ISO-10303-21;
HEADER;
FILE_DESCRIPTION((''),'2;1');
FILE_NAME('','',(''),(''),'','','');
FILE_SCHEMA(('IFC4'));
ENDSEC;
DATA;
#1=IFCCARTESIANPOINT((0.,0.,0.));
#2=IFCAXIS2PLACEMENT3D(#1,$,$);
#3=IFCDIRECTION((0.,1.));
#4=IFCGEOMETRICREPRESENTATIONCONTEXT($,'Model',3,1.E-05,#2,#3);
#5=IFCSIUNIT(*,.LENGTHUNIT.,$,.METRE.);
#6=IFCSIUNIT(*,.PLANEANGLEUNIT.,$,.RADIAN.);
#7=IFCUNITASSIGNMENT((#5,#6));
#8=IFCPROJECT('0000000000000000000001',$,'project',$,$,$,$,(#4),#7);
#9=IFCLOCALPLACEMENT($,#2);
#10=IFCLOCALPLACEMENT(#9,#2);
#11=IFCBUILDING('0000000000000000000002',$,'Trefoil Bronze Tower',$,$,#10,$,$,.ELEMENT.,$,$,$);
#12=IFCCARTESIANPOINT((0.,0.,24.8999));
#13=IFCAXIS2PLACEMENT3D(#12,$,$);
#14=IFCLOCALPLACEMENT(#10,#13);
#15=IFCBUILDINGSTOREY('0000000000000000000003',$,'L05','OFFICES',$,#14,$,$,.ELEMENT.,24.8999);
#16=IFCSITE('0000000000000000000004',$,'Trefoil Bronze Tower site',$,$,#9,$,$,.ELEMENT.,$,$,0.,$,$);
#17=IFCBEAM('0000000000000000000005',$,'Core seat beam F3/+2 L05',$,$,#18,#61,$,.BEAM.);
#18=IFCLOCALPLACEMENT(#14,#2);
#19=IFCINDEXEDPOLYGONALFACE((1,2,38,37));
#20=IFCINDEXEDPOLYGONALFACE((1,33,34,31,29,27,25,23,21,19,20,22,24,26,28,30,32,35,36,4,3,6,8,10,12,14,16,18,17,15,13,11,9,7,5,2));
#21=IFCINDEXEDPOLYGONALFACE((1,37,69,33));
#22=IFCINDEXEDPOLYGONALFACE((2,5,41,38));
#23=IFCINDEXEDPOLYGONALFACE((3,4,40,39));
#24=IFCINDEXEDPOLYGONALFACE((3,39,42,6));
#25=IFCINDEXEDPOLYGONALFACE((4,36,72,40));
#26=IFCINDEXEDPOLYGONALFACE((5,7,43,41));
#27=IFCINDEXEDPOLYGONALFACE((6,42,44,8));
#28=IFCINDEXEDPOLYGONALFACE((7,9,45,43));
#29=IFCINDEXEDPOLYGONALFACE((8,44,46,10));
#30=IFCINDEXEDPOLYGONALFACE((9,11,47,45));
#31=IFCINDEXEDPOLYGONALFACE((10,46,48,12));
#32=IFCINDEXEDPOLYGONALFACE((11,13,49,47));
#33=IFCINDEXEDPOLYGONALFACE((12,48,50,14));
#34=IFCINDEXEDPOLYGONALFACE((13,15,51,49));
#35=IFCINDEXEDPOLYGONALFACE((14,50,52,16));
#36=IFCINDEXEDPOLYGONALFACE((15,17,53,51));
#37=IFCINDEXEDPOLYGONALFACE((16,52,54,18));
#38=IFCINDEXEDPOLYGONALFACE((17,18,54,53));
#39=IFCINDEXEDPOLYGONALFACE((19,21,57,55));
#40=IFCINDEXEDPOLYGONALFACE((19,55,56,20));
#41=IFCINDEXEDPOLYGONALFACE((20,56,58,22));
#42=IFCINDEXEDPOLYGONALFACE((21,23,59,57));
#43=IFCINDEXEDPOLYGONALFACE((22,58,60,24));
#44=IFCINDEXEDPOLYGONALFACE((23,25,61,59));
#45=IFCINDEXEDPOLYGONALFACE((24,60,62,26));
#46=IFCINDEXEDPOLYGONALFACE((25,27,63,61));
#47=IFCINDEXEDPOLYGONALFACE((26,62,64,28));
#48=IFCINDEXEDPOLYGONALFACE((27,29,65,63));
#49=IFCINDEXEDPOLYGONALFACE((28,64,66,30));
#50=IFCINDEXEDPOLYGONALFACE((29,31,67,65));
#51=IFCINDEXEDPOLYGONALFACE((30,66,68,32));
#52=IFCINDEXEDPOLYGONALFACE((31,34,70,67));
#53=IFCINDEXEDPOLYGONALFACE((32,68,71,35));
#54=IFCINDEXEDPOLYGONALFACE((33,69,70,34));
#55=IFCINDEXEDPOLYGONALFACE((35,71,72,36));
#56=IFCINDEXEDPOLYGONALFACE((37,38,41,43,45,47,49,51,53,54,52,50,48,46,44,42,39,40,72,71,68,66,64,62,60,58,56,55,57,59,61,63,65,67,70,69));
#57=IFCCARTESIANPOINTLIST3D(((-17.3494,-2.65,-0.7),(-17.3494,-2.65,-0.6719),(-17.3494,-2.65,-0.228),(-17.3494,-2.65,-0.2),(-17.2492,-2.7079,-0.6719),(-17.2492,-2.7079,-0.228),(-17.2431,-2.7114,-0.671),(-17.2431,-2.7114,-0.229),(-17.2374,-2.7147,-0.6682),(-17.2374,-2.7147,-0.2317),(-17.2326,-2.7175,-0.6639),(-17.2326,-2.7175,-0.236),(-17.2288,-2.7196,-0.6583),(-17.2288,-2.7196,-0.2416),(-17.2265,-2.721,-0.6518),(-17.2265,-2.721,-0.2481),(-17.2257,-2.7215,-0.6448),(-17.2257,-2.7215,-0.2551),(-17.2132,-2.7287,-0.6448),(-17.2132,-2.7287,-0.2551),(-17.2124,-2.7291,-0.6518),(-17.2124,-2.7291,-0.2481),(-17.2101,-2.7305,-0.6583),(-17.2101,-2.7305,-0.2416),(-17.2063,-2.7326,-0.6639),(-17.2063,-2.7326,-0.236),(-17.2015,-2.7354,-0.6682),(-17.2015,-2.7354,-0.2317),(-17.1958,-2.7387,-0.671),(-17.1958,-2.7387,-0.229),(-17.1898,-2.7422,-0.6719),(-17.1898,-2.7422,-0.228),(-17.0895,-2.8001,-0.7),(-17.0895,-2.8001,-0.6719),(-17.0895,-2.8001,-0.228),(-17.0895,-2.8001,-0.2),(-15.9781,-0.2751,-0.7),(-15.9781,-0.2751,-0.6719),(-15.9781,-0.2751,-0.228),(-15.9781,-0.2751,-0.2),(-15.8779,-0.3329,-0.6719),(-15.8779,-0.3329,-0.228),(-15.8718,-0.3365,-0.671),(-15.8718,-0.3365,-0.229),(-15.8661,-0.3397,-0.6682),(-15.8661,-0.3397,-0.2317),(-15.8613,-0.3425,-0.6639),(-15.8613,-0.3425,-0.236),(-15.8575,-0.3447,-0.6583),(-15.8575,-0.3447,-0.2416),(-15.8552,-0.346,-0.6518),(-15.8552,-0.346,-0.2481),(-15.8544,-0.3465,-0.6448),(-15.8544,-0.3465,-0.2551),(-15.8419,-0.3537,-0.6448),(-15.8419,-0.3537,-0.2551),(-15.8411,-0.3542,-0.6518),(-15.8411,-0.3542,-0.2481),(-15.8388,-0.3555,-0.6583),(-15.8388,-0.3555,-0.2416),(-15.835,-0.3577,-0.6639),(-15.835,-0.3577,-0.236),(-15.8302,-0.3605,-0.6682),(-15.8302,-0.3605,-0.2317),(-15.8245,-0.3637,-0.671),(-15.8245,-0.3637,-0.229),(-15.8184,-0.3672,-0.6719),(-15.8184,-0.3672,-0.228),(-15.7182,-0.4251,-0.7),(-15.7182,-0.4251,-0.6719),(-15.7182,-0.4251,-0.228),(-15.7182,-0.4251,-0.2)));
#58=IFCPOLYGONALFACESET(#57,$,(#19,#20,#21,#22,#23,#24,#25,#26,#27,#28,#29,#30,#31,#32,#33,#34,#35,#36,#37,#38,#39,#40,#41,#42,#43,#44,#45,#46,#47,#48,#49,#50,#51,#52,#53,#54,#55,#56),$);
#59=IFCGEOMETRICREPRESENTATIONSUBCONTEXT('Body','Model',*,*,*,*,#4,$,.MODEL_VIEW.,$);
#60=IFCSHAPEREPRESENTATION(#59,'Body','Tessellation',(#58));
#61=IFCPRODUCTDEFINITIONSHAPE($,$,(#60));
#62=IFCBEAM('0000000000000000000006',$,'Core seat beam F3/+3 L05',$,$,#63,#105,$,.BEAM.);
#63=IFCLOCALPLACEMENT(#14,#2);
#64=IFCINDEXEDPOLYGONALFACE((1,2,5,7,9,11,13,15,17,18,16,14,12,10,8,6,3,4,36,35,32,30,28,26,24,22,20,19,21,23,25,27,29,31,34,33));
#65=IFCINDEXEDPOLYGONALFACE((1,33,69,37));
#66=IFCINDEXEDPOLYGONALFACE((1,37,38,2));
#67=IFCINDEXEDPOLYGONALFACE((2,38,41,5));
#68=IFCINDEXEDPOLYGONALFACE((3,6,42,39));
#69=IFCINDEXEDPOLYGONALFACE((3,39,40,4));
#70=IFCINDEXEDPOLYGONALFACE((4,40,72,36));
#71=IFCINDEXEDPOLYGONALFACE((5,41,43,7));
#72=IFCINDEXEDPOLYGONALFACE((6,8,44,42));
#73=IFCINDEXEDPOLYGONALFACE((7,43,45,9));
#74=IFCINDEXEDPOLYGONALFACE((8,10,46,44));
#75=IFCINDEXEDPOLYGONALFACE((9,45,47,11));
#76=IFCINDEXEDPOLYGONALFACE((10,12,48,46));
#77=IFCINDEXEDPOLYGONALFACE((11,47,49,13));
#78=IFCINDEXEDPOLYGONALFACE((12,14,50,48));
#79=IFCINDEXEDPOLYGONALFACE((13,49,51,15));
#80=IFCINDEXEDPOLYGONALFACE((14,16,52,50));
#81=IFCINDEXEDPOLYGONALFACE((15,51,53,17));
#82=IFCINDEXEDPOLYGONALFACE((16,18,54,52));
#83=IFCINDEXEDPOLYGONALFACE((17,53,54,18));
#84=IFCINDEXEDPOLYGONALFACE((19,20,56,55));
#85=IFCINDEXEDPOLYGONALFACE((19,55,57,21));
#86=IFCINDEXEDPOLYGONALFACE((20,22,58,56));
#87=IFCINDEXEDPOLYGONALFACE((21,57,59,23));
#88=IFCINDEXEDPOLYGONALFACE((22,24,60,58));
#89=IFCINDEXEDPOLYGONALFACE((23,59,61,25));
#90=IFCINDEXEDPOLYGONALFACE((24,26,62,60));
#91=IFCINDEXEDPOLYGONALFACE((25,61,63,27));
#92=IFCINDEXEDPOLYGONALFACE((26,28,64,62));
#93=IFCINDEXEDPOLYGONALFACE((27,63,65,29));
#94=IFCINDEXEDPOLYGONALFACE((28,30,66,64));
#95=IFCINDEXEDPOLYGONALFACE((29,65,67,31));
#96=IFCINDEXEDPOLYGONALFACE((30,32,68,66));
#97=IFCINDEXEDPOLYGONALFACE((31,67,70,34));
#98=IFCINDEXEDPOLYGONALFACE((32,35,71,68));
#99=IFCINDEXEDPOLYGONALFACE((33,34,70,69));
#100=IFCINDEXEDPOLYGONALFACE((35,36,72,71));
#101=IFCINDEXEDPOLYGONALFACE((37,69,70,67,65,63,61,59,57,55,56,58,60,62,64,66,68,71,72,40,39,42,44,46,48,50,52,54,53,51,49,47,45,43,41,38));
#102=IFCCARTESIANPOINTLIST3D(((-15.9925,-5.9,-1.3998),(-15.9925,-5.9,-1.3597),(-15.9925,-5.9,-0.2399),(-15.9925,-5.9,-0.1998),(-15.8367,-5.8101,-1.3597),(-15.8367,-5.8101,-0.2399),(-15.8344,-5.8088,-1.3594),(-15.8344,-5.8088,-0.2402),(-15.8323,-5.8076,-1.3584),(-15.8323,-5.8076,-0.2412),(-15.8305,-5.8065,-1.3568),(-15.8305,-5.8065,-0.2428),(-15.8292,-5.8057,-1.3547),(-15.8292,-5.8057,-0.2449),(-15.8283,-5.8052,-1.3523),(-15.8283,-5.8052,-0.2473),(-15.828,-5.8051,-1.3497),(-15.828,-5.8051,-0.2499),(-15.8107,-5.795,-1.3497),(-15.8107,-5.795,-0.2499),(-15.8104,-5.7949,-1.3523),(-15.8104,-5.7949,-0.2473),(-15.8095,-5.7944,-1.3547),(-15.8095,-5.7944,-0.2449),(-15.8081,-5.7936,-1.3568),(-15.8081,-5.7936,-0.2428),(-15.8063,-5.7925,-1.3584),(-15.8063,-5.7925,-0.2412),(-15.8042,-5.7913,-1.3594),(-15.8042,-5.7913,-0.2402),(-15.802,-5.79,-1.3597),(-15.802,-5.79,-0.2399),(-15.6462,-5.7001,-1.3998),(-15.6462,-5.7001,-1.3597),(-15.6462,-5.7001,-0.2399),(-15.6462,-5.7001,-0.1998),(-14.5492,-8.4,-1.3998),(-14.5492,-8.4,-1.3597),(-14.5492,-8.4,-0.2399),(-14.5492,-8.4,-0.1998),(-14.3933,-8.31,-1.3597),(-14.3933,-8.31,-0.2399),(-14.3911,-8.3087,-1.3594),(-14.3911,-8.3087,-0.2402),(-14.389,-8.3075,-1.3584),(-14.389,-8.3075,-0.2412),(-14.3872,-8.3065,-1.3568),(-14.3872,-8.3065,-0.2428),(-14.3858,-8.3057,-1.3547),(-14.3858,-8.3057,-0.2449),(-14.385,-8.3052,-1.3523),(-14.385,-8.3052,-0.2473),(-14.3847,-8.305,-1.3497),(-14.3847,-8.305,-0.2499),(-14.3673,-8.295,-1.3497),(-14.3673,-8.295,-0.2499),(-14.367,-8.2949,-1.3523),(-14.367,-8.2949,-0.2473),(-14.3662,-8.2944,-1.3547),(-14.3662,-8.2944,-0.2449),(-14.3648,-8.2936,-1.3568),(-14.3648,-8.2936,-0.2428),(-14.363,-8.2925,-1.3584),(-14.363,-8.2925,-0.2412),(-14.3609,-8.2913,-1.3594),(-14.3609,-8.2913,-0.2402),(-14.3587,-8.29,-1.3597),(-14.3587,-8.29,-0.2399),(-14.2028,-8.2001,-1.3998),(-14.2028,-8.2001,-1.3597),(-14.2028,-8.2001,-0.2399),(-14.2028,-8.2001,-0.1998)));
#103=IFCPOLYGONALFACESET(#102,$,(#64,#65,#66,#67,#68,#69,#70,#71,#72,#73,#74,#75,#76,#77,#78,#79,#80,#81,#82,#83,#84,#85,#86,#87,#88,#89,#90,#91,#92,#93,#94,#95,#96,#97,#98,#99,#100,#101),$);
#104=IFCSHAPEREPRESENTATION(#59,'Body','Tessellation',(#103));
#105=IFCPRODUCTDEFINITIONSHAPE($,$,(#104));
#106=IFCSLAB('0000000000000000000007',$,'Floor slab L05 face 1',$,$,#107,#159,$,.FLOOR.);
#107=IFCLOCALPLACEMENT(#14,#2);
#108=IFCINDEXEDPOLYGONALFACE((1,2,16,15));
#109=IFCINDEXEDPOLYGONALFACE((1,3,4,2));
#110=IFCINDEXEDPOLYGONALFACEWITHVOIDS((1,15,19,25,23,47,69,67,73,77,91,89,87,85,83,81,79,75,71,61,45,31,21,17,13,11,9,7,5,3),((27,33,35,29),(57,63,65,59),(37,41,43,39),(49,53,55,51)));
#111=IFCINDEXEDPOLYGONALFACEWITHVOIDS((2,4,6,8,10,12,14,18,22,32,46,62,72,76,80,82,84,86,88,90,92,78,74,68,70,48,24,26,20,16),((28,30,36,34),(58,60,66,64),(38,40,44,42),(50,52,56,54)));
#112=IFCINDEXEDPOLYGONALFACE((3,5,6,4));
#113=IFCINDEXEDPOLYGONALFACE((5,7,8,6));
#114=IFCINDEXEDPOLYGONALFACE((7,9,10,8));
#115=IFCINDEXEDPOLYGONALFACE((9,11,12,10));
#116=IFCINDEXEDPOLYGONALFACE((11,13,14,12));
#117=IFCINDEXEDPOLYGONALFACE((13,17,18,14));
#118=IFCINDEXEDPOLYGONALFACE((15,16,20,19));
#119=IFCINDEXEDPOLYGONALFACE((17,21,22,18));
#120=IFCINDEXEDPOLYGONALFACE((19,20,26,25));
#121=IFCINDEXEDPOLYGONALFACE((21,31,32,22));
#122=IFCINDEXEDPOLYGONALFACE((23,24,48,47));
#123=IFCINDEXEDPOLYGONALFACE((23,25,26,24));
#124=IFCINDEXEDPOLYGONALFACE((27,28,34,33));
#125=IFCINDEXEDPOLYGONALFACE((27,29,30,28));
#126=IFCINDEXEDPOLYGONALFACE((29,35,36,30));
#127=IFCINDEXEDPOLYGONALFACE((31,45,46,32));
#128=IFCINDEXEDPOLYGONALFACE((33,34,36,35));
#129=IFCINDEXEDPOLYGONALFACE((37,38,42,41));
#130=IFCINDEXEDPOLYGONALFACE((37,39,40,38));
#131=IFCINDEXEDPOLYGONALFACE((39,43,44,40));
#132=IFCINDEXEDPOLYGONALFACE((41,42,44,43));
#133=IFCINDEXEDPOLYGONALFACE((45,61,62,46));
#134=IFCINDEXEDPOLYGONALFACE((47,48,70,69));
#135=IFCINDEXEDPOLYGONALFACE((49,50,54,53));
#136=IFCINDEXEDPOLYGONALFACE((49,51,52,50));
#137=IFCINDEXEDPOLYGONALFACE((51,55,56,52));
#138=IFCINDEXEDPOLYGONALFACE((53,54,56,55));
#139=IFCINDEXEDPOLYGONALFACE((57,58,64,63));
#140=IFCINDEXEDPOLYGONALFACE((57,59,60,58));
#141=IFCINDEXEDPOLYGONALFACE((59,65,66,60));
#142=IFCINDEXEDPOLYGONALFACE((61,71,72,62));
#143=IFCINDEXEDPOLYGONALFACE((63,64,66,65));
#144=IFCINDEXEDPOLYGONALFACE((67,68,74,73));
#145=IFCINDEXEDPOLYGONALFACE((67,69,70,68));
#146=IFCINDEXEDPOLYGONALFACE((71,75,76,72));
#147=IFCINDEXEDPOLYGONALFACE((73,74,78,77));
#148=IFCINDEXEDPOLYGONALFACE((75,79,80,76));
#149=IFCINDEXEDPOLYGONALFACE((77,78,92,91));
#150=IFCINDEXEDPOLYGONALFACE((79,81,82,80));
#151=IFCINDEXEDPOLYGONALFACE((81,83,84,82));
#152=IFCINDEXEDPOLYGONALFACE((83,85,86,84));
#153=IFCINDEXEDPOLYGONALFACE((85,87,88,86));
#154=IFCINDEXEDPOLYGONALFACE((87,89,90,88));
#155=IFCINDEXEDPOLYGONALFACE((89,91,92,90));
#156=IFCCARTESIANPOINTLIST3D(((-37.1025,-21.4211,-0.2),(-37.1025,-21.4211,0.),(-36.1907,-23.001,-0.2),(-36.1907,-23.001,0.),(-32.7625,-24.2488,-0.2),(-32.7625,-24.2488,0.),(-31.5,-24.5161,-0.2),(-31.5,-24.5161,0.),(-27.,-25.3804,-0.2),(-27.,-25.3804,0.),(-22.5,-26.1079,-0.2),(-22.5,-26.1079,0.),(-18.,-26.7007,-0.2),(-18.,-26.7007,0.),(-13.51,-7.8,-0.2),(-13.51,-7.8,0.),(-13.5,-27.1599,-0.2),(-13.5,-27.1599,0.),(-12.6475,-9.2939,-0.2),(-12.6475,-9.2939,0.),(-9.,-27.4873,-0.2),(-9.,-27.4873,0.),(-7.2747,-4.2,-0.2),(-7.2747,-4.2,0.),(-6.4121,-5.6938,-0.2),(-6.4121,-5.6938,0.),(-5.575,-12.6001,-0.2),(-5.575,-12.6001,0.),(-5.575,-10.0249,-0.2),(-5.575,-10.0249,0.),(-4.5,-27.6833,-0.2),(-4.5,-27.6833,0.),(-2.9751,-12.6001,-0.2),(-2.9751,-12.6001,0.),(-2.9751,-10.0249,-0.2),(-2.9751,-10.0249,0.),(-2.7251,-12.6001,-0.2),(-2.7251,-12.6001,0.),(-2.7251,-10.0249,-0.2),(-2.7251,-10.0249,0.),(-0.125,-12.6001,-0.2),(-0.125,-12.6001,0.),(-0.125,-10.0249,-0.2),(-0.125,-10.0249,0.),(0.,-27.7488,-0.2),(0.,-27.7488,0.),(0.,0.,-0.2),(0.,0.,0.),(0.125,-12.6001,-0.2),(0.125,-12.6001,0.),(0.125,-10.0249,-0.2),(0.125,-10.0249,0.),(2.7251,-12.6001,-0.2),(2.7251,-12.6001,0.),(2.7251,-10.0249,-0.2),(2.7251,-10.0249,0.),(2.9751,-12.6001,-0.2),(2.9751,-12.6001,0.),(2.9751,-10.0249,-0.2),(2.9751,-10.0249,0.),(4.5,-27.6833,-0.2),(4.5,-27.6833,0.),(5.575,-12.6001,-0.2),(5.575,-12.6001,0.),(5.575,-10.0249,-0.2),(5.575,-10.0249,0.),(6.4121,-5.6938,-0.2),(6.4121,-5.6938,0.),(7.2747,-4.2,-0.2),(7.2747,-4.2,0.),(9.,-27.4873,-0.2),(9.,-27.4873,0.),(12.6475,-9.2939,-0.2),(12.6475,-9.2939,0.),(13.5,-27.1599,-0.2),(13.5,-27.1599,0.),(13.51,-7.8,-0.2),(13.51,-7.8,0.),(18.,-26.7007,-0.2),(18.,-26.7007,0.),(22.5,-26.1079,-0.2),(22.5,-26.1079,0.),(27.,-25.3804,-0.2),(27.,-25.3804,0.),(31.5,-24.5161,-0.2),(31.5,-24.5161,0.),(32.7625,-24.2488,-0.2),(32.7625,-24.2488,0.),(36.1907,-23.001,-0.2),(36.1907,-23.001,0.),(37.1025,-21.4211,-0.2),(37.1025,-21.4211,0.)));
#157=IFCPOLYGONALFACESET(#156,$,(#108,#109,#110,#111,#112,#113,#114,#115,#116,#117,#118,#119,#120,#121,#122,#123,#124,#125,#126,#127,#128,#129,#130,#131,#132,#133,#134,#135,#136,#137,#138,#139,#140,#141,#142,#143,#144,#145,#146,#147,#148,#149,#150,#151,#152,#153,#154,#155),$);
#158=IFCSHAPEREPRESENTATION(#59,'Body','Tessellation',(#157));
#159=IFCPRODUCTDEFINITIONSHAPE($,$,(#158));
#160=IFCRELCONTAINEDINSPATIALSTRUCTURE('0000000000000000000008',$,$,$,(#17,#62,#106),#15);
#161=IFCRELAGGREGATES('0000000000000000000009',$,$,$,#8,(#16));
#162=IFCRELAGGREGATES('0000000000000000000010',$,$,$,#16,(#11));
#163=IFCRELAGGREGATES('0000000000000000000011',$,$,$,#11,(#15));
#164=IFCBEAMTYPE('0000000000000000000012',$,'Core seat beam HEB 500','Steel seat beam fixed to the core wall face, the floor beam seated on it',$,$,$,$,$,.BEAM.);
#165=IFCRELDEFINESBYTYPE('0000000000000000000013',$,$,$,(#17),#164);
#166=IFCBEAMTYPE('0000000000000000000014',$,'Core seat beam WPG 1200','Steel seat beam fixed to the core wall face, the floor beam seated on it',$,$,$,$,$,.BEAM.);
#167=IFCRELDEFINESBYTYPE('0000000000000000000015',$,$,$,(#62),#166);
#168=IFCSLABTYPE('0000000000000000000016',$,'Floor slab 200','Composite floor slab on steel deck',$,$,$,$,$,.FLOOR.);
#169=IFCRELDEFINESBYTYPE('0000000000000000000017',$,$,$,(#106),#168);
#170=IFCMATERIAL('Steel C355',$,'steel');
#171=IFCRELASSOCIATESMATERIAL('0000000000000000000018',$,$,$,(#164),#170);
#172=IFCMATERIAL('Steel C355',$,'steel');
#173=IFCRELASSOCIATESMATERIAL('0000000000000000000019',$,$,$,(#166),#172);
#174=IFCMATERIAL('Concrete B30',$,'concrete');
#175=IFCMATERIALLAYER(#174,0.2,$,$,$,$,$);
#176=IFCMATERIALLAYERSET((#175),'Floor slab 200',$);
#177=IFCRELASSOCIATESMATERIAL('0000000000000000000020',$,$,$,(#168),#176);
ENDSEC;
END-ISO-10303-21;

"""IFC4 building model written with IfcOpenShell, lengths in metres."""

from ifc_helpers import new_model, si_unit, direction, frame, origin, origin_2d, place, context, subcontext, project, spatial, polyline, i_section, outline, extrude, material, layer, layer_set, material_profile, profile_set, type_object, element, save


model = new_model("IFC4")

# Units and contexts
model_context = context("Model", 3, precision=1e-05, world=origin(), true_north=direction((0.0, 1.0)))
body_context = subcontext(model_context, "Body", "Model", "MODEL_VIEW")
ifc_project = project(units=[si_unit("LENGTHUNIT", "METRE"), si_unit("PLANEANGLEUNIT", "RADIAN")], contexts=[model_context])

# Site, building, storey
site_placement = place(None, origin())
site = spatial("IfcSite", under=ifc_project, at=site_placement, Name="Trefoil Bronze Tower site", CompositionType="ELEMENT", RefElevation=0.0)
building_placement = place(site_placement, origin())
building = spatial("IfcBuilding", under=site, at=building_placement, Name="Trefoil Bronze Tower", CompositionType="ELEMENT")
storey_placement = place(building_placement, frame((0.0, 0.0, 24.8999)))
storey = spatial("IfcBuildingStorey", under=building, at=storey_placement, Name="L05", Description="OFFICES", CompositionType="ELEMENT", Elevation=24.8999)

# Beams
ifc_material_1 = material(Name="Steel C355", Category="steel")
ifc_material_profile_1 = material_profile(ifc_material_1, i_section(OverallWidth=0.3, OverallDepth=0.5, WebThickness=0.0144, FlangeThickness=0.0281, FilletRadius=0.0271, at=origin_2d()), Name="HEB 500")
ifc_profile_set_1 = profile_set([ifc_material_profile_1], Name="Steel C355")
beam_type_1 = type_object("IfcBeamType", Name="Core seat beam HEB 500", Description="Steel seat beam fixed to the core wall face, the floor beam seated on it", PredefinedType="BEAM", material=ifc_profile_set_1)
beam_1_placement = place(storey_placement, frame((-15.8481, -0.3501, -0.45), z_axis=(-0.500036, -0.866005, 0.0), x_axis=(0.866005, -0.500036, 0.0)))
element("IfcBeam", 1, at=beam_1_placement, inside=storey, type_object=beam_type_1, Name="Core seat beam F3/+2 L05", PredefinedType="BEAM", context=body_context, shape_type="SweptSolid", body=[
    extrude(i_section(OverallWidth=0.3, OverallDepth=0.5, WebThickness=0.0144, FlangeThickness=0.0281, FilletRadius=0.0271, at=origin_2d()), origin(), (0.0, 0.0, 1.0), 2.7424),
])
ifc_material_2 = material(Name="Steel C355", Category="steel")
ifc_material_profile_2 = material_profile(ifc_material_2, i_section(OverallWidth=0.3999, OverallDepth=1.2, WebThickness=0.02, FlangeThickness=0.04, FilletRadius=0.01, at=origin_2d()), Name="WPG 1200")
ifc_profile_set_2 = profile_set([ifc_material_profile_2], Name="Steel C355")
beam_type_2 = type_object("IfcBeamType", Name="Core seat beam WPG 1200", Description="Steel seat beam fixed to the core wall face, the floor beam seated on it", PredefinedType="BEAM", material=ifc_profile_set_2)
beam_2_placement = place(storey_placement, frame((-15.8193, -5.8, -0.7998), z_axis=(0.499996, -0.866028, 0.0), x_axis=(0.866028, 0.499996, 0.0)))
element("IfcBeam", 2, at=beam_2_placement, inside=storey, type_object=beam_type_2, Name="Core seat beam F3/+3 L05", PredefinedType="BEAM", context=body_context, shape_type="SweptSolid", body=[
    extrude(i_section(OverallWidth=0.3999, OverallDepth=1.2, WebThickness=0.02, FlangeThickness=0.04, FilletRadius=0.01, at=origin_2d()), origin(), (0.0, 0.0, 1.0), 2.8867),
])

# Slab
ifc_material_3 = material(Name="Concrete B30", Category="concrete")
ifc_layer_1 = layer(ifc_material_3, 0.2)
ifc_layer_set_1 = layer_set([ifc_layer_1], Name="Floor slab 200")
slab_type = type_object("IfcSlabType", Name="Floor slab 200", Description="Composite floor slab on steel deck", PredefinedType="FLOOR", material=ifc_layer_set_1)
slab_1_placement = place(storey_placement, frame((0.0, 0.0, -0.2)))
element("IfcSlab", 3, at=slab_1_placement, inside=storey, type_object=slab_type, Name="Floor slab L05 face 1", PredefinedType="FLOOR", context=body_context, shape_type="SweptSolid", body=[
    extrude(outline(polyline([(27.0, -25.3804), (22.5, -26.1079), (18.0, -26.7007), (13.5, -27.1599), (9.0, -27.4873), (4.5, -27.6833), (0.0, -27.7488), (-4.5, -27.6833), (-9.0, -27.4873), (-13.5, -27.1599), (-18.0, -26.7007), (-22.5, -26.1079), (-27.0, -25.3804), (-31.5, -24.5161), (-32.7625, -24.2488), (-36.1907, -23.001), (-37.1025, -21.4211), (-13.51, -7.8), (-12.6475, -9.2939), (-6.4121, -5.6938), (-7.2747, -4.2), (0.0, 0.0), (7.2747, -4.2), (6.4121, -5.6938), (12.6475, -9.2939), (13.51, -7.8), (37.1025, -21.4211), (36.1907, -23.001), (32.7625, -24.2488), (31.5, -24.5161), (27.0, -25.3804)]), holes=[polyline([(-5.575, -10.0249), (-2.9751, -10.0249), (-2.9751, -12.6001), (-5.575, -12.6001), (-5.575, -10.0249)]), polyline([(-2.7251, -10.0249), (-0.125, -10.0249), (-0.125, -12.6001), (-2.7251, -12.6001), (-2.7251, -10.0249)]), polyline([(0.125, -10.0249), (2.7251, -10.0249), (2.7251, -12.6001), (0.125, -12.6001), (0.125, -10.0249)]), polyline([(2.9751, -10.0249), (5.575, -10.0249), (5.575, -12.6001), (2.9751, -12.6001), (2.9751, -10.0249)])]), origin(), (0.0, 0.0, 1.0), 0.2),
])

save(model, "model.ifc")
